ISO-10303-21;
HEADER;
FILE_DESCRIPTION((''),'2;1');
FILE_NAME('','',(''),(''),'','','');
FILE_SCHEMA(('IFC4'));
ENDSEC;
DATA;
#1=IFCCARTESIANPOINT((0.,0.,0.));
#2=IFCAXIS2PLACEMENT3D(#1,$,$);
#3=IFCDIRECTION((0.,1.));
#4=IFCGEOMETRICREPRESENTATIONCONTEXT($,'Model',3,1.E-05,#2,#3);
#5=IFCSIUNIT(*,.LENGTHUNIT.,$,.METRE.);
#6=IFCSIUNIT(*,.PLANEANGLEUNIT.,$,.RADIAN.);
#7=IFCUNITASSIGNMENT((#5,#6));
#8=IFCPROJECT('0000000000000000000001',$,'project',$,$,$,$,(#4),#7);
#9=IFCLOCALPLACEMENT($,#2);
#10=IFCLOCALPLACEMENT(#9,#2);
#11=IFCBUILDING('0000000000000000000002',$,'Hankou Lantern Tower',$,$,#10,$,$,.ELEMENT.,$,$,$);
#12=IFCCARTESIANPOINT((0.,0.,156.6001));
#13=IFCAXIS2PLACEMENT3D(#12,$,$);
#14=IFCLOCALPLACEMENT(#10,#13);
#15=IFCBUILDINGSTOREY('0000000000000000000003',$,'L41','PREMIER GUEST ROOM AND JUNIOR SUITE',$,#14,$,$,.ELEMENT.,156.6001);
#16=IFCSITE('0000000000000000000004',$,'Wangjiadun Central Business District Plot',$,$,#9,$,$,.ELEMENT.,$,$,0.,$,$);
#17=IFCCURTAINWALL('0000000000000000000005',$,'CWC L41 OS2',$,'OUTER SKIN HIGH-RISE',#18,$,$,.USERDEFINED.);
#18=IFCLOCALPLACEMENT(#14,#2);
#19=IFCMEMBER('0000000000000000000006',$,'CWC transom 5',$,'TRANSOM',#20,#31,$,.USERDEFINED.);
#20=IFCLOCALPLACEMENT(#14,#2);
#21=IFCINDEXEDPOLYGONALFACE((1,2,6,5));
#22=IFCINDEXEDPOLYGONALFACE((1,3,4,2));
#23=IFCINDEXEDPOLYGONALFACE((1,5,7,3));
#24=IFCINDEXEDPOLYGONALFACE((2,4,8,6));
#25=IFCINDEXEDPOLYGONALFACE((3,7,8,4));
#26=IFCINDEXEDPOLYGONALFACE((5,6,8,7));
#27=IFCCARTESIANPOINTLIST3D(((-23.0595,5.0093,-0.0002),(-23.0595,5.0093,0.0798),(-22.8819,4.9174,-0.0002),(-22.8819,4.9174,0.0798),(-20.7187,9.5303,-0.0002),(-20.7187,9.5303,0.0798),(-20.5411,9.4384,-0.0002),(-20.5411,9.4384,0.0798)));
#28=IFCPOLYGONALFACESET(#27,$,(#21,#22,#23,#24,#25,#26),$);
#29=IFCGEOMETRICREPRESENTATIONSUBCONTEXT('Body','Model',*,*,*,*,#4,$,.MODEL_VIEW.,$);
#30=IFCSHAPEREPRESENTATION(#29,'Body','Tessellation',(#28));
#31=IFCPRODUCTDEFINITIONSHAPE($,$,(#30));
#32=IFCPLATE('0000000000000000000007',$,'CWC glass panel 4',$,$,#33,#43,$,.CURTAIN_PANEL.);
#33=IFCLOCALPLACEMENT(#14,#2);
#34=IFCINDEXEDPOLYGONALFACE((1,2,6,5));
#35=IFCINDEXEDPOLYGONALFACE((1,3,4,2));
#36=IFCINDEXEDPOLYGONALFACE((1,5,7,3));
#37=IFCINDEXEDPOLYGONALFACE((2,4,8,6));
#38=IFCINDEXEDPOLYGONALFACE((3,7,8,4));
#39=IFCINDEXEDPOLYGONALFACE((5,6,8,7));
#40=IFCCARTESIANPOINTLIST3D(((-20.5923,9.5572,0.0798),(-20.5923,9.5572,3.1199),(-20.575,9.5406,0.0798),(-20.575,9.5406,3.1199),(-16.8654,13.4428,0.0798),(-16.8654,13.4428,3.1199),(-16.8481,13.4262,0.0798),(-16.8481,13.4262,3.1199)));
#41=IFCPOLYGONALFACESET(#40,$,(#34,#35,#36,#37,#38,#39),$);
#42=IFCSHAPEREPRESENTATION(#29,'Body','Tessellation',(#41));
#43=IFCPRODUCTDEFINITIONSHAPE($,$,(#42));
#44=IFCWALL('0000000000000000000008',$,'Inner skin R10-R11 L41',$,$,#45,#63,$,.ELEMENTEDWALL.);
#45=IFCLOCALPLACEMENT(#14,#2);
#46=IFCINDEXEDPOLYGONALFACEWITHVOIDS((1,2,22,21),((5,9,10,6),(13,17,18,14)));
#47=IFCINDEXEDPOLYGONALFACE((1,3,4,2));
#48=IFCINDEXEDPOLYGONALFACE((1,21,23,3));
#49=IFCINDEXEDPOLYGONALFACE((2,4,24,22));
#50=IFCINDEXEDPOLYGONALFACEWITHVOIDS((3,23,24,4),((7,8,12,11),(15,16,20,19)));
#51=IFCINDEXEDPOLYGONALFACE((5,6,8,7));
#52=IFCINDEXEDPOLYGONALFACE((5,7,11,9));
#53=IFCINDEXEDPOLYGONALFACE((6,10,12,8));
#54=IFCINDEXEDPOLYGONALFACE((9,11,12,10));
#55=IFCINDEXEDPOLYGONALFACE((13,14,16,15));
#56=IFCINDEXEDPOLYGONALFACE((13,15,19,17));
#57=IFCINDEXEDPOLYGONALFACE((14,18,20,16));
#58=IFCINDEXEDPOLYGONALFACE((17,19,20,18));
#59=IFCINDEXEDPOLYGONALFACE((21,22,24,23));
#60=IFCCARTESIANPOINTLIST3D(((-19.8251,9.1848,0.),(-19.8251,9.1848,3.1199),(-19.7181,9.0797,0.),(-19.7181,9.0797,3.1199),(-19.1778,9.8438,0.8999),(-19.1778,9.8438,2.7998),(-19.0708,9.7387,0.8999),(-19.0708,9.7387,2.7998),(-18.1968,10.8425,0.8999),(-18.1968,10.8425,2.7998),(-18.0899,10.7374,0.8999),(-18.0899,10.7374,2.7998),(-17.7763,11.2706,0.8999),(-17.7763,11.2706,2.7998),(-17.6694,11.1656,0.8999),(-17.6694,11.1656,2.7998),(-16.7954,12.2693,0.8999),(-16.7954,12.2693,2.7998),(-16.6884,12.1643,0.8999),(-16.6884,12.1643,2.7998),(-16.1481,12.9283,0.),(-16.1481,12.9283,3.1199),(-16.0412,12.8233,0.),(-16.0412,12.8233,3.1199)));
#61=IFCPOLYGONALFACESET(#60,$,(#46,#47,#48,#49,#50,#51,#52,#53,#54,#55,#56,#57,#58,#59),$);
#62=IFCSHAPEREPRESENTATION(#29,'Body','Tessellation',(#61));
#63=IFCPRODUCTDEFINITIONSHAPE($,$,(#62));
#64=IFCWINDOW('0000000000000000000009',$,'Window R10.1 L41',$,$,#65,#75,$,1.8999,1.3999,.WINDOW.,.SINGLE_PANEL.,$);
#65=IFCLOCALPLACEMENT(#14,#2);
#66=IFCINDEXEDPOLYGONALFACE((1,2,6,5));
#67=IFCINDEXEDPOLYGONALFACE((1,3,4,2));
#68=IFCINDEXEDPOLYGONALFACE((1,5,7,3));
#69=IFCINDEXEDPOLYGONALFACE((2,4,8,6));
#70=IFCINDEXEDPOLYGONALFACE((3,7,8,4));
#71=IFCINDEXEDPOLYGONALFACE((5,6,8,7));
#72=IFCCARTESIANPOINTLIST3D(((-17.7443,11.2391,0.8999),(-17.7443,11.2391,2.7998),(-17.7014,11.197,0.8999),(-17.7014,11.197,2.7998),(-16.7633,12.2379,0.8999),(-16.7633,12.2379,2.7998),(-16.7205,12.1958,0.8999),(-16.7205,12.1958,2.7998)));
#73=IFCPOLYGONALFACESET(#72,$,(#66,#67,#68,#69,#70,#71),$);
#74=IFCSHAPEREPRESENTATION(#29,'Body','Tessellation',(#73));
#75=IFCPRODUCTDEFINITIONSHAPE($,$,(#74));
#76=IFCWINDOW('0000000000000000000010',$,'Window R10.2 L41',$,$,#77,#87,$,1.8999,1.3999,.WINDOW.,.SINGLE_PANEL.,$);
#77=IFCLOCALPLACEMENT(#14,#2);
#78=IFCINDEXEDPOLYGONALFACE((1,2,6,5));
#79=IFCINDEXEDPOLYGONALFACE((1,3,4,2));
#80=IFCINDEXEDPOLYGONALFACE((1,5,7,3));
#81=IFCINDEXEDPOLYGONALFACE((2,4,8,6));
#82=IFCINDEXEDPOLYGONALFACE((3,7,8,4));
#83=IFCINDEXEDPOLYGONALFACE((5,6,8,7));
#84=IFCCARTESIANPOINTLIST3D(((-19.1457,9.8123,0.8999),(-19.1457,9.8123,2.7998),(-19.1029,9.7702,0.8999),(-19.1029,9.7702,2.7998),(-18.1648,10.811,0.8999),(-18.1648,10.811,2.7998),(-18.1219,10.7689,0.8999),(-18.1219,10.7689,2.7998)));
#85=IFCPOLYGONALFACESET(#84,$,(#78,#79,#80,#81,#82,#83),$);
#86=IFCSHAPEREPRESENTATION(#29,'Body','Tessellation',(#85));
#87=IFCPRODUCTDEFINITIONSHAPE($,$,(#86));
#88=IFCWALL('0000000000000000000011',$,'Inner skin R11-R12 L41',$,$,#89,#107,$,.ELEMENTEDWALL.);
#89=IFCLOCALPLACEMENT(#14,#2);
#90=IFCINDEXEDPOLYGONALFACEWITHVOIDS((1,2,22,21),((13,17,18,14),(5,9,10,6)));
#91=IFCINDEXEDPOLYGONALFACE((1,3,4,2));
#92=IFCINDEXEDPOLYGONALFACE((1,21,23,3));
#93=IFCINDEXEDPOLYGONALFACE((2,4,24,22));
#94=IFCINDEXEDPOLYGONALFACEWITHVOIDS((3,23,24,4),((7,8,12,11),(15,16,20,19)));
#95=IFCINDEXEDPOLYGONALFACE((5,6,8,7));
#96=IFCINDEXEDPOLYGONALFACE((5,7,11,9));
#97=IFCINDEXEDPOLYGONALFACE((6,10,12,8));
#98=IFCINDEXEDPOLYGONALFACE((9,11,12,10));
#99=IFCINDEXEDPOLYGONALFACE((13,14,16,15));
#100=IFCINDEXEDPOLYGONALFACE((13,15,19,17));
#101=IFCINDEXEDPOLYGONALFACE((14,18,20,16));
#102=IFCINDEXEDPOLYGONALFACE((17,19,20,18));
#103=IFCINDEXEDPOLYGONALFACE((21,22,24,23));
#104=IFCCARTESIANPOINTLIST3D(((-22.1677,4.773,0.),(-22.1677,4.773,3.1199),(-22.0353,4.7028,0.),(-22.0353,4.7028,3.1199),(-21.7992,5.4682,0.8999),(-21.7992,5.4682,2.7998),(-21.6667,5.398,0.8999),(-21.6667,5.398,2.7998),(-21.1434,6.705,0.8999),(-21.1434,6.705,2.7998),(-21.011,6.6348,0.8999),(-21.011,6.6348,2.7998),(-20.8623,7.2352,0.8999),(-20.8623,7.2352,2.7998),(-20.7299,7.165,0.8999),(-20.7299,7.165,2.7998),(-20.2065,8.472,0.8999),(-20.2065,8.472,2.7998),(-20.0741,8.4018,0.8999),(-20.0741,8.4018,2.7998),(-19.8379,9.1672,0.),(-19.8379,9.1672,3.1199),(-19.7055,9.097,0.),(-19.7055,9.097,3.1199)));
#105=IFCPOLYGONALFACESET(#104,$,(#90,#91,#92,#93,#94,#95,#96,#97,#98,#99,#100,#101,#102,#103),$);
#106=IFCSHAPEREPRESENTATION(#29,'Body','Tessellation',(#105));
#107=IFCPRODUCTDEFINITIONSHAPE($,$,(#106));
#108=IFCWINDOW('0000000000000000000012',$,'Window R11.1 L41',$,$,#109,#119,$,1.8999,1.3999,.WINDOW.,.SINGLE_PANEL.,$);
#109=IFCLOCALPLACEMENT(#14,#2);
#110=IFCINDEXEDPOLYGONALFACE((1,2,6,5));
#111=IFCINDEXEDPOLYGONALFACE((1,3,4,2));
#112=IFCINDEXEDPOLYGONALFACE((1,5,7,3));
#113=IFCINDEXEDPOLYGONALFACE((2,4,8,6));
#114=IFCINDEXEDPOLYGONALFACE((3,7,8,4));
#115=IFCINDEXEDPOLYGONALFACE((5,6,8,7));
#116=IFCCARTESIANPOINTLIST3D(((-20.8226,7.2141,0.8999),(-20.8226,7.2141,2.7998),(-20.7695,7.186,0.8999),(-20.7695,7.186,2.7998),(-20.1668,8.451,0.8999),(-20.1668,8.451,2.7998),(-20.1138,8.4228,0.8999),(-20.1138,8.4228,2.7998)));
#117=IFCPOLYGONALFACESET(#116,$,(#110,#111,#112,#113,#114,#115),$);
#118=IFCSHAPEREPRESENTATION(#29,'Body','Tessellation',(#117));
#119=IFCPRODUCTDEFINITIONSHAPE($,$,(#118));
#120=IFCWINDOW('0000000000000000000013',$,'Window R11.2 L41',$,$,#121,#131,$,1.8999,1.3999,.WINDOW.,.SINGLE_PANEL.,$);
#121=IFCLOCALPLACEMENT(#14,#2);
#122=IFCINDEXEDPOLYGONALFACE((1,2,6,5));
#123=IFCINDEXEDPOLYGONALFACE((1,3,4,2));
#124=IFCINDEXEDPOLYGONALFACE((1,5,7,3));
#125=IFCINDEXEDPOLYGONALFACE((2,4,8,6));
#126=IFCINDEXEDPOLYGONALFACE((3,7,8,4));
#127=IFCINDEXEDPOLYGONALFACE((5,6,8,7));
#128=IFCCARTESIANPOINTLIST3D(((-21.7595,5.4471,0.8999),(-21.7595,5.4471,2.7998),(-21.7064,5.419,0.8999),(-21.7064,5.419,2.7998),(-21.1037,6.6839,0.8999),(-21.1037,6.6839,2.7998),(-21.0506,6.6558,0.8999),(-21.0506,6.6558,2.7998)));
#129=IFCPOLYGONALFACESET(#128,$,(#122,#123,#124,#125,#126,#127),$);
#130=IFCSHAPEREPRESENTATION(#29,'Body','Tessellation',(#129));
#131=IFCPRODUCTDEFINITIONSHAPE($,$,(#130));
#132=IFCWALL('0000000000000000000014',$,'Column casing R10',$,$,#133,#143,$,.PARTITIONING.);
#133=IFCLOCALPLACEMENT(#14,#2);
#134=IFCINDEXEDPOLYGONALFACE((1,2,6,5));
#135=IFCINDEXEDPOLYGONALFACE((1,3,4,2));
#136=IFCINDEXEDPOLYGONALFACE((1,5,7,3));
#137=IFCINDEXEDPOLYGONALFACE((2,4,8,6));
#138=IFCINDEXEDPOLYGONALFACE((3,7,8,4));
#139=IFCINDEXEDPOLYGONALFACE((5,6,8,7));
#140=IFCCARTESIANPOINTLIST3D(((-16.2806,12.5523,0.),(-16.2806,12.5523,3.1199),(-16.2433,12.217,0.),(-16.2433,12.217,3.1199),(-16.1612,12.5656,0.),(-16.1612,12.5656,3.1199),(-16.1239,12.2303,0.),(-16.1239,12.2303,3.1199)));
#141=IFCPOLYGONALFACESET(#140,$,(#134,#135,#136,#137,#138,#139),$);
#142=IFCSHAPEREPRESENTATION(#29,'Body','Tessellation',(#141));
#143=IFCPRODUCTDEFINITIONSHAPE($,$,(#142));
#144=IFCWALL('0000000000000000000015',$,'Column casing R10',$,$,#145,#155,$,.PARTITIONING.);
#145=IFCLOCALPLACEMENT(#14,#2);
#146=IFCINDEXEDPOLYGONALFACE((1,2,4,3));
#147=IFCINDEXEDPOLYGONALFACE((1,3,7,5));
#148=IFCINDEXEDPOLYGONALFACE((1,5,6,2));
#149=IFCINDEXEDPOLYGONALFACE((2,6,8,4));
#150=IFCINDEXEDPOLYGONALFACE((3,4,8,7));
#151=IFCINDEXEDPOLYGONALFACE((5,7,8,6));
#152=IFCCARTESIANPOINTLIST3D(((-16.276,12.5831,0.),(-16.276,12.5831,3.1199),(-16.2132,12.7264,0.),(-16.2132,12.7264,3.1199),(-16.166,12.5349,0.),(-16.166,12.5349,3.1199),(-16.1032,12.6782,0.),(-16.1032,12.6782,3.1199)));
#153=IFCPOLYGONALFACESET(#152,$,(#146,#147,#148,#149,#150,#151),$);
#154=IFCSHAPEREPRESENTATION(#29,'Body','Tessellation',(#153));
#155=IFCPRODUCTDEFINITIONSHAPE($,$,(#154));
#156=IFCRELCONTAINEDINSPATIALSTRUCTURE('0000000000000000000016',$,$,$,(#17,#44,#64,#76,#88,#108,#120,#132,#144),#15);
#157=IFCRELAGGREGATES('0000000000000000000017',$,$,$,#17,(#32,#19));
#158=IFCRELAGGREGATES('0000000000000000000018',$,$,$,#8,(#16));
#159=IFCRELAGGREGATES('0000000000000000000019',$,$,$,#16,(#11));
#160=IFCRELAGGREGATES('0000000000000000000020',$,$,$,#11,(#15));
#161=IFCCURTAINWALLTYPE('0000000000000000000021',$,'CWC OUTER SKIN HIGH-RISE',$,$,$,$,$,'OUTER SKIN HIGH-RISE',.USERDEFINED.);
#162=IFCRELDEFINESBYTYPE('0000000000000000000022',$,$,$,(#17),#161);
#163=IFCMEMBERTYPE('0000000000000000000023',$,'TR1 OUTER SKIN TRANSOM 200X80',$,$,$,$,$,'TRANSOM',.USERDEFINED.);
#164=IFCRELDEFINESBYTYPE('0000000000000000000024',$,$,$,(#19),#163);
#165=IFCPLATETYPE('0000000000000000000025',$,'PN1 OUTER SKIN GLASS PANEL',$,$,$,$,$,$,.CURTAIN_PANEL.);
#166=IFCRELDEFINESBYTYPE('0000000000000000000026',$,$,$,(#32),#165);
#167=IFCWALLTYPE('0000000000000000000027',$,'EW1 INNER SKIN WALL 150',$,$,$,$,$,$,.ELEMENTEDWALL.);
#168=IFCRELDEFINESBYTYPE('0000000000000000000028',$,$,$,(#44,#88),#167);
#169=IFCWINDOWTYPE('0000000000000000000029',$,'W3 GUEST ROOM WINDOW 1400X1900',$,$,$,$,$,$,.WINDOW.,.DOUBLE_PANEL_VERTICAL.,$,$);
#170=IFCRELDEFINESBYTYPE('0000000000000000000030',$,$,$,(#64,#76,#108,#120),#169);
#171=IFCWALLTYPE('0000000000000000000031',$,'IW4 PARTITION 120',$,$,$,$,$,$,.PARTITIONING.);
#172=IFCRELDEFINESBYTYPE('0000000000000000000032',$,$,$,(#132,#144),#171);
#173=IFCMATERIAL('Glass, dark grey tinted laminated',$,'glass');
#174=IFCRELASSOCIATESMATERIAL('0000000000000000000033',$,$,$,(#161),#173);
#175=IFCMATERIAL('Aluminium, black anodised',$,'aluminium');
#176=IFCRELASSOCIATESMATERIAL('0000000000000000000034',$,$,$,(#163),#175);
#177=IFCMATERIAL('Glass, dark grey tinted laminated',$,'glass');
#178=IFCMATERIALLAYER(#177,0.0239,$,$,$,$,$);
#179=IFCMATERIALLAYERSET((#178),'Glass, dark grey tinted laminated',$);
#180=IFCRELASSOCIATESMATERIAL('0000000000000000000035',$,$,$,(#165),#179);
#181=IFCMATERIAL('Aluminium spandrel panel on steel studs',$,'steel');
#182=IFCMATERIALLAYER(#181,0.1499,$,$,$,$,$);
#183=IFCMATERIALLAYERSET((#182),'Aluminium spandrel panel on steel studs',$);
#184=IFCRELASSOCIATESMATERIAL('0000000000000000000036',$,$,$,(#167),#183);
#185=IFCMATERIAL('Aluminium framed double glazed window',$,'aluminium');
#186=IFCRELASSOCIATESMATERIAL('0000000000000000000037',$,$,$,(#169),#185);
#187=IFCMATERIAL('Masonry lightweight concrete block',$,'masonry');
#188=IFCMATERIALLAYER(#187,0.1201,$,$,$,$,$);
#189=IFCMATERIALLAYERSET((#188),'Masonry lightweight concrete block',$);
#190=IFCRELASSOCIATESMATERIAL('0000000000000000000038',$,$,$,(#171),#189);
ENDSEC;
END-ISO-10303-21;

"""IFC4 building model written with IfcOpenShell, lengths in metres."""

from ifc_helpers import new_model, si_unit, direction, frame, frame_2d, origin, origin_2d, place, context, subcontext, project, spatial, rectangle, extrude, material, layer, layer_set, material_profile, profile_set, type_object, element, fill, aggregate, save


model = new_model("IFC4")

# Units and contexts
model_context = context("Model", 3, precision=1e-05, world=origin(), true_north=direction((0.0, 1.0)))
body_context = subcontext(model_context, "Body", "Model", "MODEL_VIEW")
ifc_project = project(units=[si_unit("LENGTHUNIT", "METRE"), si_unit("PLANEANGLEUNIT", "RADIAN")], contexts=[model_context])

# Site, building, storey
site_placement = place(None, origin())
site = spatial("IfcSite", under=ifc_project, at=site_placement, Name="Wangjiadun Central Business District Plot", CompositionType="ELEMENT", RefElevation=0.0)
building_placement = place(site_placement, origin())
building = spatial("IfcBuilding", under=site, at=building_placement, Name="Hankou Lantern Tower", CompositionType="ELEMENT")
storey_placement = place(building_placement, frame((0.0, 0.0, 156.6001)))
storey = spatial("IfcBuildingStorey", under=building, at=storey_placement, Name="L41", Description="PREMIER GUEST ROOM AND JUNIOR SUITE", CompositionType="ELEMENT", Elevation=156.6001)

# Curtain wall
ifc_material_1 = material(Name="Glass, dark grey tinted laminated", Category="glass")
curtain_wall_type = type_object("IfcCurtainWallType", Name="CWC OUTER SKIN HIGH-RISE", ElementType="OUTER SKIN HIGH-RISE", PredefinedType="USERDEFINED", material=ifc_material_1)
curtain_wall_placement = place(storey_placement, origin())
curtain_wall = element("IfcCurtainWall", 1, at=curtain_wall_placement, inside=storey, type_object=curtain_wall_type, Name="CWC L41 OS2", ObjectType="OUTER SKIN HIGH-RISE", PredefinedType="USERDEFINED")

# Member
ifc_material_2 = material(Name="Aluminium, black anodised", Category="aluminium")
ifc_material_profile_1 = material_profile(ifc_material_2, rectangle(XDim=0.2, YDim=0.0801, at=origin_2d()), Name="TR1 200X80")
ifc_profile_set_1 = profile_set([ifc_material_profile_1], Name="Aluminium, black anodised")
member_type_1 = type_object("IfcMemberType", Name="TR1 OUTER SKIN TRANSOM 200X80", ElementType="TRANSOM", PredefinedType="USERDEFINED", material=ifc_profile_set_1)
member_1_placement = place(storey_placement, frame((-20.6299, 9.4844, 0.0398), z_axis=(-0.459791, -0.888027, 0.0), x_axis=(0.888027, -0.459791, 0.0)))
member_1 = element("IfcMember", 2, at=member_1_placement, type_object=member_type_1, Name="CWC transom 5", ObjectType="TRANSOM", PredefinedType="USERDEFINED", context=body_context, shape_type="SweptSolid", body=[
    extrude(rectangle(XDim=0.2, YDim=0.0801, at=origin_2d()), origin(), (0.0, 0.0, 1.0), 5.0911),
])

# Plate
ifc_material_3 = material(Name="Glass, dark grey tinted laminated", Category="glass")
ifc_layer_1 = layer(ifc_material_3, 0.0239)
ifc_layer_set_1 = layer_set([ifc_layer_1], Name="Glass, dark grey tinted laminated")
plate_type = type_object("IfcPlateType", Name="PN1 OUTER SKIN GLASS PANEL", PredefinedType="CURTAIN_PANEL", material=ifc_layer_set_1)
plate_placement = place(storey_placement, frame((-18.7202, 11.4917, 0.0798), z_axis=(0.0, 0.0, 1.0), x_axis=(-0.692216, -0.721691, 0.0)))
plate = element("IfcPlate", 3, at=plate_placement, type_object=plate_type, Name="CWC glass panel 4", PredefinedType="CURTAIN_PANEL", context=body_context, shape_type="SweptSolid", body=[
    extrude(rectangle(XDim=5.384, YDim=0.0239, at=origin_2d()), origin(), (0.0, 0.0, 1.0), 3.04),
])
aggregate(curtain_wall, [plate, member_1])

# Walls, openings, windows
ifc_material_4 = material(Name="Aluminium spandrel panel on steel studs", Category="steel")
ifc_layer_2 = layer(ifc_material_4, 0.1499)
ifc_layer_set_2 = layer_set([ifc_layer_2], Name="Aluminium spandrel panel on steel studs")
wall_type_1 = type_object("IfcWallType", Name="EW1 INNER SKIN WALL 150", PredefinedType="ELEMENTEDWALL", material=ifc_layer_set_2)
wall_1_placement = place(storey_placement, frame((-16.0947, 12.8757, 0.0), z_axis=(0.0, 0.0, 1.0), x_axis=(-0.700727, -0.713429, 0.0)))
wall_1 = element("IfcWall", 4, at=wall_1_placement, inside=storey, type_object=wall_type_1, Name="Inner skin R10-R11 L41", PredefinedType="ELEMENTEDWALL", context=body_context, shape_type="SweptSolid", body=[
    extrude(rectangle(XDim=5.2473, YDim=0.1499, at=frame_2d((2.6235, 0.0))), origin(), (0.0, 0.0, 1.0), 3.1199),
])
opening_1_placement = place(wall_1_placement, frame((0.9236, 0.0, 0.8999)))
opening_1 = element("IfcOpeningElement", 5, at=opening_1_placement, cuts=wall_1, PredefinedType="OPENING", context=body_context, shape_type="SweptSolid", body=[
    extrude(rectangle(XDim=1.3999, YDim=1.8999, at=frame_2d((0.7, 0.95))), frame((0.0, 0.085, 0.0), z_axis=(0.0, -1.0, 0.0), x_axis=(1.0, 0.0, 0.0)), (0.0, 0.0, 1.0), 0.1699),
])
opening_2_placement = place(wall_1_placement, frame((2.9236, 0.0, 0.8999)))
opening_2 = element("IfcOpeningElement", 6, at=opening_2_placement, cuts=wall_1, PredefinedType="OPENING", context=body_context, shape_type="SweptSolid", body=[
    extrude(rectangle(XDim=1.3999, YDim=1.8999, at=frame_2d((0.7, 0.95))), frame((0.0, 0.085, 0.0), z_axis=(0.0, -1.0, 0.0), x_axis=(1.0, 0.0, 0.0)), (0.0, 0.0, 1.0), 0.1699),
])
ifc_material_5 = material(Name="Aluminium framed double glazed window", Category="aluminium")
window_type = type_object("IfcWindowType", Name="W3 GUEST ROOM WINDOW 1400X1900", PartitioningType="DOUBLE_PANEL_VERTICAL", PredefinedType="WINDOW", material=ifc_material_5)
window_1_placement = place(opening_1_placement, origin())
window_1 = element("IfcWindow", 7, at=window_1_placement, inside=storey, type_object=window_type, Name="Window R10.1 L41", OverallHeight=1.8999, OverallWidth=1.3999, PartitioningType="SINGLE_PANEL", PredefinedType="WINDOW", context=body_context, shape_type="SweptSolid", body=[
    extrude(rectangle(XDim=1.3999, YDim=1.8999, at=frame_2d((0.7, 0.95))), frame((0.0, 0.03, 0.0), z_axis=(0.0, -1.0, 0.0), x_axis=(1.0, 0.0, 0.0)), (0.0, 0.0, 1.0), 0.0601),
])
fill(opening_1, window_1)
window_2_placement = place(opening_2_placement, origin())
window_2 = element("IfcWindow", 8, at=window_2_placement, inside=storey, type_object=window_type, Name="Window R10.2 L41", OverallHeight=1.8999, OverallWidth=1.3999, PartitioningType="SINGLE_PANEL", PredefinedType="WINDOW", context=body_context, shape_type="SweptSolid", body=[
    extrude(rectangle(XDim=1.3999, YDim=1.8999, at=frame_2d((0.7, 0.95))), frame((0.0, 0.03, 0.0), z_axis=(0.0, -1.0, 0.0), x_axis=(1.0, 0.0, 0.0)), (0.0, 0.0, 1.0), 0.0601),
])
fill(opening_2, window_2)
wall_2_placement = place(storey_placement, frame((-19.7717, 9.1321, 0.0), z_axis=(0.0, 0.0, 1.0), x_axis=(-0.468429, -0.883501, 0.0)))
wall_2 = element("IfcWall", 9, at=wall_2_placement, inside=storey, type_object=wall_type_1, Name="Inner skin R11-R12 L41", PredefinedType="ELEMENTEDWALL", context=body_context, shape_type="SweptSolid", body=[
    extrude(rectangle(XDim=4.9736, YDim=0.1499, at=frame_2d((2.4868, 0.0))), origin(), (0.0, 0.0, 1.0), 3.1199),
])
opening_3_placement = place(wall_2_placement, frame((0.7869, 0.0, 0.8999)))
opening_3 = element("IfcOpeningElement", 10, at=opening_3_placement, cuts=wall_2, PredefinedType="OPENING", context=body_context, shape_type="SweptSolid", body=[
    extrude(rectangle(XDim=1.3999, YDim=1.8999, at=frame_2d((0.7, 0.95))), frame((0.0, 0.085, 0.0), z_axis=(0.0, -1.0, 0.0), x_axis=(1.0, 0.0, 0.0)), (0.0, 0.0, 1.0), 0.1699),
])
opening_4_placement = place(wall_2_placement, frame((2.7869, 0.0, 0.8999)))
opening_4 = element("IfcOpeningElement", 11, at=opening_4_placement, cuts=wall_2, PredefinedType="OPENING", context=body_context, shape_type="SweptSolid", body=[
    extrude(rectangle(XDim=1.3999, YDim=1.8999, at=frame_2d((0.7, 0.95))), frame((0.0, 0.085, 0.0), z_axis=(0.0, -1.0, 0.0), x_axis=(1.0, 0.0, 0.0)), (0.0, 0.0, 1.0), 0.1699),
])
window_3_placement = place(opening_3_placement, origin())
window_3 = element("IfcWindow", 12, at=window_3_placement, inside=storey, type_object=window_type, Name="Window R11.1 L41", OverallHeight=1.8999, OverallWidth=1.3999, PartitioningType="SINGLE_PANEL", PredefinedType="WINDOW", context=body_context, shape_type="SweptSolid", body=[
    extrude(rectangle(XDim=1.3999, YDim=1.8999, at=frame_2d((0.7, 0.95))), frame((0.0, 0.03, 0.0), z_axis=(0.0, -1.0, 0.0), x_axis=(1.0, 0.0, 0.0)), (0.0, 0.0, 1.0), 0.0601),
])
fill(opening_3, window_3)
window_4_placement = place(opening_4_placement, origin())
window_4 = element("IfcWindow", 13, at=window_4_placement, inside=storey, type_object=window_type, Name="Window R11.2 L41", OverallHeight=1.8999, OverallWidth=1.3999, PartitioningType="SINGLE_PANEL", PredefinedType="WINDOW", context=body_context, shape_type="SweptSolid", body=[
    extrude(rectangle(XDim=1.3999, YDim=1.8999, at=frame_2d((0.7, 0.95))), frame((0.0, 0.03, 0.0), z_axis=(0.0, -1.0, 0.0), x_axis=(1.0, 0.0, 0.0)), (0.0, 0.0, 1.0), 0.0601),
])
fill(opening_4, window_4)

# Walls
ifc_material_6 = material(Name="Masonry lightweight concrete block", Category="masonry")
ifc_layer_3 = layer(ifc_material_6, 0.1201)
ifc_layer_set_3 = layer_set([ifc_layer_3], Name="Masonry lightweight concrete block")
wall_type_2 = type_object("IfcWallType", Name="IW4 PARTITION 120", PredefinedType="PARTITIONING", material=ifc_layer_set_3)
wall_3_placement = place(storey_placement, frame((-16.1836, 12.2236, 0.0), z_axis=(0.0, 0.0, 1.0), x_axis=(-0.11067, 0.993857, 0.0)))
element("IfcWall", 14, at=wall_3_placement, inside=storey, type_object=wall_type_2, Name="Column casing R10", PredefinedType="PARTITIONING", context=body_context, shape_type="SweptSolid", body=[
    extrude(rectangle(XDim=0.3374, YDim=0.1201, at=frame_2d((0.1687, 0.0))), origin(), (0.0, 0.0, 1.0), 3.1199),
])
wall_4_placement = place(storey_placement, frame((-16.2209, 12.5591, 0.0), z_axis=(0.0, 0.0, 1.0), x_axis=(0.401064, 0.91605, 0.0)))
element("IfcWall", 15, at=wall_4_placement, inside=storey, type_object=wall_type_2, Name="Column casing R10", PredefinedType="PARTITIONING", context=body_context, shape_type="SweptSolid", body=[
    extrude(rectangle(XDim=0.1565, YDim=0.1201, at=frame_2d((0.0781, 0.0))), origin(), (0.0, 0.0, 1.0), 3.1199),
])

save(model, "model.ifc")
